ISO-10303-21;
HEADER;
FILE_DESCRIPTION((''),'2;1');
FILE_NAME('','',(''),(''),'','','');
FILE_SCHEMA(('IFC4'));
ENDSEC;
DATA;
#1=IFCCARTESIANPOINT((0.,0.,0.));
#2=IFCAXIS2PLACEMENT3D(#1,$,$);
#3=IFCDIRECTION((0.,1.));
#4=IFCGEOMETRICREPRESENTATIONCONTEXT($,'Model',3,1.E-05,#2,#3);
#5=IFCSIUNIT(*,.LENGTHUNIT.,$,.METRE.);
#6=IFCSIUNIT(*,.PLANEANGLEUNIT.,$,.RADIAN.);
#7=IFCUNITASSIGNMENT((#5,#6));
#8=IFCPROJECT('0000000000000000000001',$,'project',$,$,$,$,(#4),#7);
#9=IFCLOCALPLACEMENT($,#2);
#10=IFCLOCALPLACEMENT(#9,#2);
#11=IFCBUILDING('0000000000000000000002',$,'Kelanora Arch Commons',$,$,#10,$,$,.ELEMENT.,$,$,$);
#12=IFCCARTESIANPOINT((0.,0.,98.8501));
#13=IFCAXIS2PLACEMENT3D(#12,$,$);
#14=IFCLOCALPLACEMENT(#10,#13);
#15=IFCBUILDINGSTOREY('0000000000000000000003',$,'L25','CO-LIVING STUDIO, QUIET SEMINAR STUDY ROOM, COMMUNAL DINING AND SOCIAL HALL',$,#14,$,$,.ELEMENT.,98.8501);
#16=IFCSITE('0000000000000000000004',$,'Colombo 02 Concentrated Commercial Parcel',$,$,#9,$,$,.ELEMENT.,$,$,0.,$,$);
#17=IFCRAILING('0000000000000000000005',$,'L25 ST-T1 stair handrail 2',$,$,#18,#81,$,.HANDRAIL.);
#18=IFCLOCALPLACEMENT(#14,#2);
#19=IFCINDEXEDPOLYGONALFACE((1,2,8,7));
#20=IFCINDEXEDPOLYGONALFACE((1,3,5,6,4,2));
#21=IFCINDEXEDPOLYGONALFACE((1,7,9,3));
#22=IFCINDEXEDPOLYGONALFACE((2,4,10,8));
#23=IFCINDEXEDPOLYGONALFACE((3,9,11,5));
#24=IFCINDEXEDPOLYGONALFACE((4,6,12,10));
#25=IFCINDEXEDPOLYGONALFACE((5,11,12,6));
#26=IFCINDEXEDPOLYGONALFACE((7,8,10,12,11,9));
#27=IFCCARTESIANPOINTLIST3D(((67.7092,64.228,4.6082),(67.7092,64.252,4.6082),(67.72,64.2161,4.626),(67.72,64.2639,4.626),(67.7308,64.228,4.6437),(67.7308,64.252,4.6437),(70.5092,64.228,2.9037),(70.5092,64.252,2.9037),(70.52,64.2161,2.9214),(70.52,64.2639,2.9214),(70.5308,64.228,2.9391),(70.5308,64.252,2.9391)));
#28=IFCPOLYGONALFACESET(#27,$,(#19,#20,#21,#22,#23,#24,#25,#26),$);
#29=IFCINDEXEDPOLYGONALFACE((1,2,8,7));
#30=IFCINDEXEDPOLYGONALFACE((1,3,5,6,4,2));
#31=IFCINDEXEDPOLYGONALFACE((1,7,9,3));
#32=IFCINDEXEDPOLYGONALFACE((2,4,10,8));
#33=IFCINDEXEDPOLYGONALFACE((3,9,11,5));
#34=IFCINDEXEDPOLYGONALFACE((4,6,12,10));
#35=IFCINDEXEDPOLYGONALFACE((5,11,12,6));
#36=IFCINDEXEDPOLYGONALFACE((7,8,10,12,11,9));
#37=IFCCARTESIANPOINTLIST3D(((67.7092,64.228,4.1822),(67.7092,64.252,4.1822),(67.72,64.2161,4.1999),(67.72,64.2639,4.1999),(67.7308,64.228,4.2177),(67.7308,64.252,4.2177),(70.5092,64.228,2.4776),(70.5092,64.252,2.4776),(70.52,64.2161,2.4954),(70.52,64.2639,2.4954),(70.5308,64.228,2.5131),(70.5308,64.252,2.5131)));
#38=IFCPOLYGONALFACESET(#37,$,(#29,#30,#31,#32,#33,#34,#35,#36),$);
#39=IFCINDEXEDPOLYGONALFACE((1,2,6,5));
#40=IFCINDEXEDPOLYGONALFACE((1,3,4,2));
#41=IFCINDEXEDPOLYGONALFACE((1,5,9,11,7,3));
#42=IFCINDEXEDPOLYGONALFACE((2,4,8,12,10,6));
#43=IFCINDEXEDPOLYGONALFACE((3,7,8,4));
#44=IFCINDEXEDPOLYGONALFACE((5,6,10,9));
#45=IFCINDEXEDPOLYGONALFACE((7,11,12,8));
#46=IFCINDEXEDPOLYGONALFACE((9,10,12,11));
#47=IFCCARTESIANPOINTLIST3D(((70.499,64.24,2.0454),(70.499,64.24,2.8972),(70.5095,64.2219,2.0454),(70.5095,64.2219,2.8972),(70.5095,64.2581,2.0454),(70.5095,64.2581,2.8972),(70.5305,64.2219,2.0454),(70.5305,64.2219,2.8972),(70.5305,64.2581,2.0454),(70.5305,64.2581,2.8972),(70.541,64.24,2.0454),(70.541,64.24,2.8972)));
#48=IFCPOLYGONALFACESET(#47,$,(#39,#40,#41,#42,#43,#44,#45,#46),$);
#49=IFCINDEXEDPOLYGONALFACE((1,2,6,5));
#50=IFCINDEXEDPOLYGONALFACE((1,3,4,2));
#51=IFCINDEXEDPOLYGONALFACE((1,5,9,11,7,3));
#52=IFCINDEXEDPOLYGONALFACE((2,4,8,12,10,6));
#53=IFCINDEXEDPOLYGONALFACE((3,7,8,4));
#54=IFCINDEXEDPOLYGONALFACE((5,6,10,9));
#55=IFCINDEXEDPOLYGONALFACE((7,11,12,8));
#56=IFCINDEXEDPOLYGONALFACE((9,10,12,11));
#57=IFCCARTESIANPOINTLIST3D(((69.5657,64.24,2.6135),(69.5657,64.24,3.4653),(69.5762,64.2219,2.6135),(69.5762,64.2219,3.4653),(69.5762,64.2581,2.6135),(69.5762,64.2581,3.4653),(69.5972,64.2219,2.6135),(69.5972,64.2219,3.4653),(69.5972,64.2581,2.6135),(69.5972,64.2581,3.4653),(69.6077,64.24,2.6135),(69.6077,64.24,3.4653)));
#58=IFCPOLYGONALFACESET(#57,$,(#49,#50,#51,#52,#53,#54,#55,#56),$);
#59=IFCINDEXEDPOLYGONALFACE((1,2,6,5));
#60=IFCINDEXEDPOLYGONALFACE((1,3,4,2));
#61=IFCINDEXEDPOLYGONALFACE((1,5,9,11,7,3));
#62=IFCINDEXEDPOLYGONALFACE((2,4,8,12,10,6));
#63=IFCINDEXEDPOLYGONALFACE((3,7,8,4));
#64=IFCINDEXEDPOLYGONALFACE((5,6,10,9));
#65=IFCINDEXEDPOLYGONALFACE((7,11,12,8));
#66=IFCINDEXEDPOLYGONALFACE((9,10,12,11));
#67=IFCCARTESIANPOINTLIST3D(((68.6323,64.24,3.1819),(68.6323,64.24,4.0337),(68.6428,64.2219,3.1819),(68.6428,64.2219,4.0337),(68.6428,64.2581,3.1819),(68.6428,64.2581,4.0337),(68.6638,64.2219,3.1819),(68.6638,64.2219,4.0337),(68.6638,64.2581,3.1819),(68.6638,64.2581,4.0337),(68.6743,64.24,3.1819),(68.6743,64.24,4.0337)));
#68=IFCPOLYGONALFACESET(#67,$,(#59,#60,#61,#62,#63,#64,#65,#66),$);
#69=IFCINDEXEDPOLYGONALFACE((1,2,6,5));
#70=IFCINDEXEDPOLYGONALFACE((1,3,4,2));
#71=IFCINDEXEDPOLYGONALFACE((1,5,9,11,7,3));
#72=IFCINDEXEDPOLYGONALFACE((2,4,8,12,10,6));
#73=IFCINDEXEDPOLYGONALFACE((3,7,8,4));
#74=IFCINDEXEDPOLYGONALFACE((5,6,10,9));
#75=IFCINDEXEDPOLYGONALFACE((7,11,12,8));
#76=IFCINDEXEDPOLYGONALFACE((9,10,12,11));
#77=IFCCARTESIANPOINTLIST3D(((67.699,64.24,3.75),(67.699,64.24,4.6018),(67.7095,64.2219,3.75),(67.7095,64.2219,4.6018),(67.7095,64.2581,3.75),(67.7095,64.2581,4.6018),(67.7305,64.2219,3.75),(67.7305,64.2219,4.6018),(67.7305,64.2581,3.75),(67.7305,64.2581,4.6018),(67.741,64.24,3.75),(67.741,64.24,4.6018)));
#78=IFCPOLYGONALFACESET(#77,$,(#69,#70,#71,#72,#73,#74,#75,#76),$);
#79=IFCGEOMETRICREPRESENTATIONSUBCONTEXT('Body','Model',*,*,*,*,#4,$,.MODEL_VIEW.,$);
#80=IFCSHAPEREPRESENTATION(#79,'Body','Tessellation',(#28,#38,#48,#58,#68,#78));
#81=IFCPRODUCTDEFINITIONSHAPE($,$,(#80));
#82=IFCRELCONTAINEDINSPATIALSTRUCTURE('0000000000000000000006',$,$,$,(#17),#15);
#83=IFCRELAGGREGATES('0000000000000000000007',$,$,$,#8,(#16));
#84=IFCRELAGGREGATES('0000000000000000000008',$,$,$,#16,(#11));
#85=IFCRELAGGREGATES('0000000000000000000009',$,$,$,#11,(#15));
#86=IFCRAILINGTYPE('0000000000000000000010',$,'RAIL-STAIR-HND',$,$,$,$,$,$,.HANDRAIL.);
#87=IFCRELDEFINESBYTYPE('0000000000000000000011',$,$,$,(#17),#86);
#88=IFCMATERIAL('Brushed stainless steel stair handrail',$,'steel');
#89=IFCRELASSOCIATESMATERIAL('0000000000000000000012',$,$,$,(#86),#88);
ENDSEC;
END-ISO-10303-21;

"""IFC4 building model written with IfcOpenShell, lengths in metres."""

from ifc_helpers import new_model, si_unit, direction, frame, origin, place, context, subcontext, project, spatial, polyline, outline, extrude, material, type_object, element, save


model = new_model("IFC4")

# Units and contexts
model_context = context("Model", 3, precision=1e-05, world=origin(), true_north=direction((0.0, 1.0)))
body_context = subcontext(model_context, "Body", "Model", "MODEL_VIEW")
ifc_project = project(units=[si_unit("LENGTHUNIT", "METRE"), si_unit("PLANEANGLEUNIT", "RADIAN")], contexts=[model_context])

# Site, building, storey
site_placement = place(None, origin())
site = spatial("IfcSite", under=ifc_project, at=site_placement, Name="Colombo 02 Concentrated Commercial Parcel", CompositionType="ELEMENT", RefElevation=0.0)
building_placement = place(site_placement, origin())
building = spatial("IfcBuilding", under=site, at=building_placement, Name="Kelanora Arch Commons", CompositionType="ELEMENT")
storey_placement = place(building_placement, frame((0.0, 0.0, 98.8501)))
storey = spatial("IfcBuildingStorey", under=building, at=storey_placement, Name="L25", Description="CO-LIVING STUDIO, QUIET SEMINAR STUDY ROOM, COMMUNAL DINING AND SOCIAL HALL", CompositionType="ELEMENT", Elevation=98.8501)

# Railing
ifc_material_1 = material(Name="Brushed stainless steel stair handrail", Category="steel")
railing_type_1 = type_object("IfcRailingType", Name="RAIL-STAIR-HND", PredefinedType="HANDRAIL", material=ifc_material_1)
railing_1_placement = place(storey_placement, frame((70.52, 64.24, 2.0454)))
element("IfcRailing", 1, at=railing_1_placement, inside=storey, type_object=railing_type_1, Name="L25 ST-T1 stair handrail 2", PredefinedType="HANDRAIL", context=body_context, shape_type="SweptSolid", body=[
    extrude(outline(polyline([(0.0239, 0.0), (0.012, 0.0208), (-0.012, 0.0208), (-0.0239, 0.0), (-0.012, -0.0208), (0.012, -0.0208), (0.0239, 0.0)])), frame((0.0, 0.0, 0.876), z_axis=(-0.85417, 0.0, 0.519994), x_axis=(0.0, -1.0, 0.0)), (0.0, 0.0, 1.0), 3.2781),
    extrude(outline(polyline([(0.0239, 0.0), (0.012, 0.0208), (-0.012, 0.0208), (-0.0239, 0.0), (-0.012, -0.0208), (0.012, -0.0208), (0.0239, 0.0)])), frame((0.0, 0.0, 0.45), z_axis=(-0.85417, 0.0, 0.519994), x_axis=(0.0, -1.0, 0.0)), (0.0, 0.0, 1.0), 3.2781),
    extrude(outline(polyline([(0.021, 0.0), (0.0105, 0.0181), (-0.0105, 0.0181), (-0.021, 0.0), (-0.0105, -0.0181), (0.0105, -0.0181), (0.021, 0.0)])), origin(), (0.0, 0.0, 1.0), 0.8518),
    extrude(outline(polyline([(0.021, 0.0), (0.0105, 0.0181), (-0.0105, 0.0181), (-0.021, 0.0), (-0.0105, -0.0181), (0.0105, -0.0181), (0.021, 0.0)])), frame((-0.9333, 0.0, 0.5681)), (0.0, 0.0, 1.0), 0.8518),
    extrude(outline(polyline([(0.021, 0.0), (0.0105, 0.0181), (-0.0105, 0.0181), (-0.021, 0.0), (-0.0105, -0.0181), (0.0105, -0.0181), (0.021, 0.0)])), frame((-1.8667, 0.0, 1.1365)), (0.0, 0.0, 1.0), 0.8518),
    extrude(outline(polyline([(0.021, 0.0), (0.0105, 0.0181), (-0.0105, 0.0181), (-0.021, 0.0), (-0.0105, -0.0181), (0.0105, -0.0181), (0.021, 0.0)])), frame((-2.8, 0.0, 1.7046)), (0.0, 0.0, 1.0), 0.8518),
])

save(model, "model.ifc")
